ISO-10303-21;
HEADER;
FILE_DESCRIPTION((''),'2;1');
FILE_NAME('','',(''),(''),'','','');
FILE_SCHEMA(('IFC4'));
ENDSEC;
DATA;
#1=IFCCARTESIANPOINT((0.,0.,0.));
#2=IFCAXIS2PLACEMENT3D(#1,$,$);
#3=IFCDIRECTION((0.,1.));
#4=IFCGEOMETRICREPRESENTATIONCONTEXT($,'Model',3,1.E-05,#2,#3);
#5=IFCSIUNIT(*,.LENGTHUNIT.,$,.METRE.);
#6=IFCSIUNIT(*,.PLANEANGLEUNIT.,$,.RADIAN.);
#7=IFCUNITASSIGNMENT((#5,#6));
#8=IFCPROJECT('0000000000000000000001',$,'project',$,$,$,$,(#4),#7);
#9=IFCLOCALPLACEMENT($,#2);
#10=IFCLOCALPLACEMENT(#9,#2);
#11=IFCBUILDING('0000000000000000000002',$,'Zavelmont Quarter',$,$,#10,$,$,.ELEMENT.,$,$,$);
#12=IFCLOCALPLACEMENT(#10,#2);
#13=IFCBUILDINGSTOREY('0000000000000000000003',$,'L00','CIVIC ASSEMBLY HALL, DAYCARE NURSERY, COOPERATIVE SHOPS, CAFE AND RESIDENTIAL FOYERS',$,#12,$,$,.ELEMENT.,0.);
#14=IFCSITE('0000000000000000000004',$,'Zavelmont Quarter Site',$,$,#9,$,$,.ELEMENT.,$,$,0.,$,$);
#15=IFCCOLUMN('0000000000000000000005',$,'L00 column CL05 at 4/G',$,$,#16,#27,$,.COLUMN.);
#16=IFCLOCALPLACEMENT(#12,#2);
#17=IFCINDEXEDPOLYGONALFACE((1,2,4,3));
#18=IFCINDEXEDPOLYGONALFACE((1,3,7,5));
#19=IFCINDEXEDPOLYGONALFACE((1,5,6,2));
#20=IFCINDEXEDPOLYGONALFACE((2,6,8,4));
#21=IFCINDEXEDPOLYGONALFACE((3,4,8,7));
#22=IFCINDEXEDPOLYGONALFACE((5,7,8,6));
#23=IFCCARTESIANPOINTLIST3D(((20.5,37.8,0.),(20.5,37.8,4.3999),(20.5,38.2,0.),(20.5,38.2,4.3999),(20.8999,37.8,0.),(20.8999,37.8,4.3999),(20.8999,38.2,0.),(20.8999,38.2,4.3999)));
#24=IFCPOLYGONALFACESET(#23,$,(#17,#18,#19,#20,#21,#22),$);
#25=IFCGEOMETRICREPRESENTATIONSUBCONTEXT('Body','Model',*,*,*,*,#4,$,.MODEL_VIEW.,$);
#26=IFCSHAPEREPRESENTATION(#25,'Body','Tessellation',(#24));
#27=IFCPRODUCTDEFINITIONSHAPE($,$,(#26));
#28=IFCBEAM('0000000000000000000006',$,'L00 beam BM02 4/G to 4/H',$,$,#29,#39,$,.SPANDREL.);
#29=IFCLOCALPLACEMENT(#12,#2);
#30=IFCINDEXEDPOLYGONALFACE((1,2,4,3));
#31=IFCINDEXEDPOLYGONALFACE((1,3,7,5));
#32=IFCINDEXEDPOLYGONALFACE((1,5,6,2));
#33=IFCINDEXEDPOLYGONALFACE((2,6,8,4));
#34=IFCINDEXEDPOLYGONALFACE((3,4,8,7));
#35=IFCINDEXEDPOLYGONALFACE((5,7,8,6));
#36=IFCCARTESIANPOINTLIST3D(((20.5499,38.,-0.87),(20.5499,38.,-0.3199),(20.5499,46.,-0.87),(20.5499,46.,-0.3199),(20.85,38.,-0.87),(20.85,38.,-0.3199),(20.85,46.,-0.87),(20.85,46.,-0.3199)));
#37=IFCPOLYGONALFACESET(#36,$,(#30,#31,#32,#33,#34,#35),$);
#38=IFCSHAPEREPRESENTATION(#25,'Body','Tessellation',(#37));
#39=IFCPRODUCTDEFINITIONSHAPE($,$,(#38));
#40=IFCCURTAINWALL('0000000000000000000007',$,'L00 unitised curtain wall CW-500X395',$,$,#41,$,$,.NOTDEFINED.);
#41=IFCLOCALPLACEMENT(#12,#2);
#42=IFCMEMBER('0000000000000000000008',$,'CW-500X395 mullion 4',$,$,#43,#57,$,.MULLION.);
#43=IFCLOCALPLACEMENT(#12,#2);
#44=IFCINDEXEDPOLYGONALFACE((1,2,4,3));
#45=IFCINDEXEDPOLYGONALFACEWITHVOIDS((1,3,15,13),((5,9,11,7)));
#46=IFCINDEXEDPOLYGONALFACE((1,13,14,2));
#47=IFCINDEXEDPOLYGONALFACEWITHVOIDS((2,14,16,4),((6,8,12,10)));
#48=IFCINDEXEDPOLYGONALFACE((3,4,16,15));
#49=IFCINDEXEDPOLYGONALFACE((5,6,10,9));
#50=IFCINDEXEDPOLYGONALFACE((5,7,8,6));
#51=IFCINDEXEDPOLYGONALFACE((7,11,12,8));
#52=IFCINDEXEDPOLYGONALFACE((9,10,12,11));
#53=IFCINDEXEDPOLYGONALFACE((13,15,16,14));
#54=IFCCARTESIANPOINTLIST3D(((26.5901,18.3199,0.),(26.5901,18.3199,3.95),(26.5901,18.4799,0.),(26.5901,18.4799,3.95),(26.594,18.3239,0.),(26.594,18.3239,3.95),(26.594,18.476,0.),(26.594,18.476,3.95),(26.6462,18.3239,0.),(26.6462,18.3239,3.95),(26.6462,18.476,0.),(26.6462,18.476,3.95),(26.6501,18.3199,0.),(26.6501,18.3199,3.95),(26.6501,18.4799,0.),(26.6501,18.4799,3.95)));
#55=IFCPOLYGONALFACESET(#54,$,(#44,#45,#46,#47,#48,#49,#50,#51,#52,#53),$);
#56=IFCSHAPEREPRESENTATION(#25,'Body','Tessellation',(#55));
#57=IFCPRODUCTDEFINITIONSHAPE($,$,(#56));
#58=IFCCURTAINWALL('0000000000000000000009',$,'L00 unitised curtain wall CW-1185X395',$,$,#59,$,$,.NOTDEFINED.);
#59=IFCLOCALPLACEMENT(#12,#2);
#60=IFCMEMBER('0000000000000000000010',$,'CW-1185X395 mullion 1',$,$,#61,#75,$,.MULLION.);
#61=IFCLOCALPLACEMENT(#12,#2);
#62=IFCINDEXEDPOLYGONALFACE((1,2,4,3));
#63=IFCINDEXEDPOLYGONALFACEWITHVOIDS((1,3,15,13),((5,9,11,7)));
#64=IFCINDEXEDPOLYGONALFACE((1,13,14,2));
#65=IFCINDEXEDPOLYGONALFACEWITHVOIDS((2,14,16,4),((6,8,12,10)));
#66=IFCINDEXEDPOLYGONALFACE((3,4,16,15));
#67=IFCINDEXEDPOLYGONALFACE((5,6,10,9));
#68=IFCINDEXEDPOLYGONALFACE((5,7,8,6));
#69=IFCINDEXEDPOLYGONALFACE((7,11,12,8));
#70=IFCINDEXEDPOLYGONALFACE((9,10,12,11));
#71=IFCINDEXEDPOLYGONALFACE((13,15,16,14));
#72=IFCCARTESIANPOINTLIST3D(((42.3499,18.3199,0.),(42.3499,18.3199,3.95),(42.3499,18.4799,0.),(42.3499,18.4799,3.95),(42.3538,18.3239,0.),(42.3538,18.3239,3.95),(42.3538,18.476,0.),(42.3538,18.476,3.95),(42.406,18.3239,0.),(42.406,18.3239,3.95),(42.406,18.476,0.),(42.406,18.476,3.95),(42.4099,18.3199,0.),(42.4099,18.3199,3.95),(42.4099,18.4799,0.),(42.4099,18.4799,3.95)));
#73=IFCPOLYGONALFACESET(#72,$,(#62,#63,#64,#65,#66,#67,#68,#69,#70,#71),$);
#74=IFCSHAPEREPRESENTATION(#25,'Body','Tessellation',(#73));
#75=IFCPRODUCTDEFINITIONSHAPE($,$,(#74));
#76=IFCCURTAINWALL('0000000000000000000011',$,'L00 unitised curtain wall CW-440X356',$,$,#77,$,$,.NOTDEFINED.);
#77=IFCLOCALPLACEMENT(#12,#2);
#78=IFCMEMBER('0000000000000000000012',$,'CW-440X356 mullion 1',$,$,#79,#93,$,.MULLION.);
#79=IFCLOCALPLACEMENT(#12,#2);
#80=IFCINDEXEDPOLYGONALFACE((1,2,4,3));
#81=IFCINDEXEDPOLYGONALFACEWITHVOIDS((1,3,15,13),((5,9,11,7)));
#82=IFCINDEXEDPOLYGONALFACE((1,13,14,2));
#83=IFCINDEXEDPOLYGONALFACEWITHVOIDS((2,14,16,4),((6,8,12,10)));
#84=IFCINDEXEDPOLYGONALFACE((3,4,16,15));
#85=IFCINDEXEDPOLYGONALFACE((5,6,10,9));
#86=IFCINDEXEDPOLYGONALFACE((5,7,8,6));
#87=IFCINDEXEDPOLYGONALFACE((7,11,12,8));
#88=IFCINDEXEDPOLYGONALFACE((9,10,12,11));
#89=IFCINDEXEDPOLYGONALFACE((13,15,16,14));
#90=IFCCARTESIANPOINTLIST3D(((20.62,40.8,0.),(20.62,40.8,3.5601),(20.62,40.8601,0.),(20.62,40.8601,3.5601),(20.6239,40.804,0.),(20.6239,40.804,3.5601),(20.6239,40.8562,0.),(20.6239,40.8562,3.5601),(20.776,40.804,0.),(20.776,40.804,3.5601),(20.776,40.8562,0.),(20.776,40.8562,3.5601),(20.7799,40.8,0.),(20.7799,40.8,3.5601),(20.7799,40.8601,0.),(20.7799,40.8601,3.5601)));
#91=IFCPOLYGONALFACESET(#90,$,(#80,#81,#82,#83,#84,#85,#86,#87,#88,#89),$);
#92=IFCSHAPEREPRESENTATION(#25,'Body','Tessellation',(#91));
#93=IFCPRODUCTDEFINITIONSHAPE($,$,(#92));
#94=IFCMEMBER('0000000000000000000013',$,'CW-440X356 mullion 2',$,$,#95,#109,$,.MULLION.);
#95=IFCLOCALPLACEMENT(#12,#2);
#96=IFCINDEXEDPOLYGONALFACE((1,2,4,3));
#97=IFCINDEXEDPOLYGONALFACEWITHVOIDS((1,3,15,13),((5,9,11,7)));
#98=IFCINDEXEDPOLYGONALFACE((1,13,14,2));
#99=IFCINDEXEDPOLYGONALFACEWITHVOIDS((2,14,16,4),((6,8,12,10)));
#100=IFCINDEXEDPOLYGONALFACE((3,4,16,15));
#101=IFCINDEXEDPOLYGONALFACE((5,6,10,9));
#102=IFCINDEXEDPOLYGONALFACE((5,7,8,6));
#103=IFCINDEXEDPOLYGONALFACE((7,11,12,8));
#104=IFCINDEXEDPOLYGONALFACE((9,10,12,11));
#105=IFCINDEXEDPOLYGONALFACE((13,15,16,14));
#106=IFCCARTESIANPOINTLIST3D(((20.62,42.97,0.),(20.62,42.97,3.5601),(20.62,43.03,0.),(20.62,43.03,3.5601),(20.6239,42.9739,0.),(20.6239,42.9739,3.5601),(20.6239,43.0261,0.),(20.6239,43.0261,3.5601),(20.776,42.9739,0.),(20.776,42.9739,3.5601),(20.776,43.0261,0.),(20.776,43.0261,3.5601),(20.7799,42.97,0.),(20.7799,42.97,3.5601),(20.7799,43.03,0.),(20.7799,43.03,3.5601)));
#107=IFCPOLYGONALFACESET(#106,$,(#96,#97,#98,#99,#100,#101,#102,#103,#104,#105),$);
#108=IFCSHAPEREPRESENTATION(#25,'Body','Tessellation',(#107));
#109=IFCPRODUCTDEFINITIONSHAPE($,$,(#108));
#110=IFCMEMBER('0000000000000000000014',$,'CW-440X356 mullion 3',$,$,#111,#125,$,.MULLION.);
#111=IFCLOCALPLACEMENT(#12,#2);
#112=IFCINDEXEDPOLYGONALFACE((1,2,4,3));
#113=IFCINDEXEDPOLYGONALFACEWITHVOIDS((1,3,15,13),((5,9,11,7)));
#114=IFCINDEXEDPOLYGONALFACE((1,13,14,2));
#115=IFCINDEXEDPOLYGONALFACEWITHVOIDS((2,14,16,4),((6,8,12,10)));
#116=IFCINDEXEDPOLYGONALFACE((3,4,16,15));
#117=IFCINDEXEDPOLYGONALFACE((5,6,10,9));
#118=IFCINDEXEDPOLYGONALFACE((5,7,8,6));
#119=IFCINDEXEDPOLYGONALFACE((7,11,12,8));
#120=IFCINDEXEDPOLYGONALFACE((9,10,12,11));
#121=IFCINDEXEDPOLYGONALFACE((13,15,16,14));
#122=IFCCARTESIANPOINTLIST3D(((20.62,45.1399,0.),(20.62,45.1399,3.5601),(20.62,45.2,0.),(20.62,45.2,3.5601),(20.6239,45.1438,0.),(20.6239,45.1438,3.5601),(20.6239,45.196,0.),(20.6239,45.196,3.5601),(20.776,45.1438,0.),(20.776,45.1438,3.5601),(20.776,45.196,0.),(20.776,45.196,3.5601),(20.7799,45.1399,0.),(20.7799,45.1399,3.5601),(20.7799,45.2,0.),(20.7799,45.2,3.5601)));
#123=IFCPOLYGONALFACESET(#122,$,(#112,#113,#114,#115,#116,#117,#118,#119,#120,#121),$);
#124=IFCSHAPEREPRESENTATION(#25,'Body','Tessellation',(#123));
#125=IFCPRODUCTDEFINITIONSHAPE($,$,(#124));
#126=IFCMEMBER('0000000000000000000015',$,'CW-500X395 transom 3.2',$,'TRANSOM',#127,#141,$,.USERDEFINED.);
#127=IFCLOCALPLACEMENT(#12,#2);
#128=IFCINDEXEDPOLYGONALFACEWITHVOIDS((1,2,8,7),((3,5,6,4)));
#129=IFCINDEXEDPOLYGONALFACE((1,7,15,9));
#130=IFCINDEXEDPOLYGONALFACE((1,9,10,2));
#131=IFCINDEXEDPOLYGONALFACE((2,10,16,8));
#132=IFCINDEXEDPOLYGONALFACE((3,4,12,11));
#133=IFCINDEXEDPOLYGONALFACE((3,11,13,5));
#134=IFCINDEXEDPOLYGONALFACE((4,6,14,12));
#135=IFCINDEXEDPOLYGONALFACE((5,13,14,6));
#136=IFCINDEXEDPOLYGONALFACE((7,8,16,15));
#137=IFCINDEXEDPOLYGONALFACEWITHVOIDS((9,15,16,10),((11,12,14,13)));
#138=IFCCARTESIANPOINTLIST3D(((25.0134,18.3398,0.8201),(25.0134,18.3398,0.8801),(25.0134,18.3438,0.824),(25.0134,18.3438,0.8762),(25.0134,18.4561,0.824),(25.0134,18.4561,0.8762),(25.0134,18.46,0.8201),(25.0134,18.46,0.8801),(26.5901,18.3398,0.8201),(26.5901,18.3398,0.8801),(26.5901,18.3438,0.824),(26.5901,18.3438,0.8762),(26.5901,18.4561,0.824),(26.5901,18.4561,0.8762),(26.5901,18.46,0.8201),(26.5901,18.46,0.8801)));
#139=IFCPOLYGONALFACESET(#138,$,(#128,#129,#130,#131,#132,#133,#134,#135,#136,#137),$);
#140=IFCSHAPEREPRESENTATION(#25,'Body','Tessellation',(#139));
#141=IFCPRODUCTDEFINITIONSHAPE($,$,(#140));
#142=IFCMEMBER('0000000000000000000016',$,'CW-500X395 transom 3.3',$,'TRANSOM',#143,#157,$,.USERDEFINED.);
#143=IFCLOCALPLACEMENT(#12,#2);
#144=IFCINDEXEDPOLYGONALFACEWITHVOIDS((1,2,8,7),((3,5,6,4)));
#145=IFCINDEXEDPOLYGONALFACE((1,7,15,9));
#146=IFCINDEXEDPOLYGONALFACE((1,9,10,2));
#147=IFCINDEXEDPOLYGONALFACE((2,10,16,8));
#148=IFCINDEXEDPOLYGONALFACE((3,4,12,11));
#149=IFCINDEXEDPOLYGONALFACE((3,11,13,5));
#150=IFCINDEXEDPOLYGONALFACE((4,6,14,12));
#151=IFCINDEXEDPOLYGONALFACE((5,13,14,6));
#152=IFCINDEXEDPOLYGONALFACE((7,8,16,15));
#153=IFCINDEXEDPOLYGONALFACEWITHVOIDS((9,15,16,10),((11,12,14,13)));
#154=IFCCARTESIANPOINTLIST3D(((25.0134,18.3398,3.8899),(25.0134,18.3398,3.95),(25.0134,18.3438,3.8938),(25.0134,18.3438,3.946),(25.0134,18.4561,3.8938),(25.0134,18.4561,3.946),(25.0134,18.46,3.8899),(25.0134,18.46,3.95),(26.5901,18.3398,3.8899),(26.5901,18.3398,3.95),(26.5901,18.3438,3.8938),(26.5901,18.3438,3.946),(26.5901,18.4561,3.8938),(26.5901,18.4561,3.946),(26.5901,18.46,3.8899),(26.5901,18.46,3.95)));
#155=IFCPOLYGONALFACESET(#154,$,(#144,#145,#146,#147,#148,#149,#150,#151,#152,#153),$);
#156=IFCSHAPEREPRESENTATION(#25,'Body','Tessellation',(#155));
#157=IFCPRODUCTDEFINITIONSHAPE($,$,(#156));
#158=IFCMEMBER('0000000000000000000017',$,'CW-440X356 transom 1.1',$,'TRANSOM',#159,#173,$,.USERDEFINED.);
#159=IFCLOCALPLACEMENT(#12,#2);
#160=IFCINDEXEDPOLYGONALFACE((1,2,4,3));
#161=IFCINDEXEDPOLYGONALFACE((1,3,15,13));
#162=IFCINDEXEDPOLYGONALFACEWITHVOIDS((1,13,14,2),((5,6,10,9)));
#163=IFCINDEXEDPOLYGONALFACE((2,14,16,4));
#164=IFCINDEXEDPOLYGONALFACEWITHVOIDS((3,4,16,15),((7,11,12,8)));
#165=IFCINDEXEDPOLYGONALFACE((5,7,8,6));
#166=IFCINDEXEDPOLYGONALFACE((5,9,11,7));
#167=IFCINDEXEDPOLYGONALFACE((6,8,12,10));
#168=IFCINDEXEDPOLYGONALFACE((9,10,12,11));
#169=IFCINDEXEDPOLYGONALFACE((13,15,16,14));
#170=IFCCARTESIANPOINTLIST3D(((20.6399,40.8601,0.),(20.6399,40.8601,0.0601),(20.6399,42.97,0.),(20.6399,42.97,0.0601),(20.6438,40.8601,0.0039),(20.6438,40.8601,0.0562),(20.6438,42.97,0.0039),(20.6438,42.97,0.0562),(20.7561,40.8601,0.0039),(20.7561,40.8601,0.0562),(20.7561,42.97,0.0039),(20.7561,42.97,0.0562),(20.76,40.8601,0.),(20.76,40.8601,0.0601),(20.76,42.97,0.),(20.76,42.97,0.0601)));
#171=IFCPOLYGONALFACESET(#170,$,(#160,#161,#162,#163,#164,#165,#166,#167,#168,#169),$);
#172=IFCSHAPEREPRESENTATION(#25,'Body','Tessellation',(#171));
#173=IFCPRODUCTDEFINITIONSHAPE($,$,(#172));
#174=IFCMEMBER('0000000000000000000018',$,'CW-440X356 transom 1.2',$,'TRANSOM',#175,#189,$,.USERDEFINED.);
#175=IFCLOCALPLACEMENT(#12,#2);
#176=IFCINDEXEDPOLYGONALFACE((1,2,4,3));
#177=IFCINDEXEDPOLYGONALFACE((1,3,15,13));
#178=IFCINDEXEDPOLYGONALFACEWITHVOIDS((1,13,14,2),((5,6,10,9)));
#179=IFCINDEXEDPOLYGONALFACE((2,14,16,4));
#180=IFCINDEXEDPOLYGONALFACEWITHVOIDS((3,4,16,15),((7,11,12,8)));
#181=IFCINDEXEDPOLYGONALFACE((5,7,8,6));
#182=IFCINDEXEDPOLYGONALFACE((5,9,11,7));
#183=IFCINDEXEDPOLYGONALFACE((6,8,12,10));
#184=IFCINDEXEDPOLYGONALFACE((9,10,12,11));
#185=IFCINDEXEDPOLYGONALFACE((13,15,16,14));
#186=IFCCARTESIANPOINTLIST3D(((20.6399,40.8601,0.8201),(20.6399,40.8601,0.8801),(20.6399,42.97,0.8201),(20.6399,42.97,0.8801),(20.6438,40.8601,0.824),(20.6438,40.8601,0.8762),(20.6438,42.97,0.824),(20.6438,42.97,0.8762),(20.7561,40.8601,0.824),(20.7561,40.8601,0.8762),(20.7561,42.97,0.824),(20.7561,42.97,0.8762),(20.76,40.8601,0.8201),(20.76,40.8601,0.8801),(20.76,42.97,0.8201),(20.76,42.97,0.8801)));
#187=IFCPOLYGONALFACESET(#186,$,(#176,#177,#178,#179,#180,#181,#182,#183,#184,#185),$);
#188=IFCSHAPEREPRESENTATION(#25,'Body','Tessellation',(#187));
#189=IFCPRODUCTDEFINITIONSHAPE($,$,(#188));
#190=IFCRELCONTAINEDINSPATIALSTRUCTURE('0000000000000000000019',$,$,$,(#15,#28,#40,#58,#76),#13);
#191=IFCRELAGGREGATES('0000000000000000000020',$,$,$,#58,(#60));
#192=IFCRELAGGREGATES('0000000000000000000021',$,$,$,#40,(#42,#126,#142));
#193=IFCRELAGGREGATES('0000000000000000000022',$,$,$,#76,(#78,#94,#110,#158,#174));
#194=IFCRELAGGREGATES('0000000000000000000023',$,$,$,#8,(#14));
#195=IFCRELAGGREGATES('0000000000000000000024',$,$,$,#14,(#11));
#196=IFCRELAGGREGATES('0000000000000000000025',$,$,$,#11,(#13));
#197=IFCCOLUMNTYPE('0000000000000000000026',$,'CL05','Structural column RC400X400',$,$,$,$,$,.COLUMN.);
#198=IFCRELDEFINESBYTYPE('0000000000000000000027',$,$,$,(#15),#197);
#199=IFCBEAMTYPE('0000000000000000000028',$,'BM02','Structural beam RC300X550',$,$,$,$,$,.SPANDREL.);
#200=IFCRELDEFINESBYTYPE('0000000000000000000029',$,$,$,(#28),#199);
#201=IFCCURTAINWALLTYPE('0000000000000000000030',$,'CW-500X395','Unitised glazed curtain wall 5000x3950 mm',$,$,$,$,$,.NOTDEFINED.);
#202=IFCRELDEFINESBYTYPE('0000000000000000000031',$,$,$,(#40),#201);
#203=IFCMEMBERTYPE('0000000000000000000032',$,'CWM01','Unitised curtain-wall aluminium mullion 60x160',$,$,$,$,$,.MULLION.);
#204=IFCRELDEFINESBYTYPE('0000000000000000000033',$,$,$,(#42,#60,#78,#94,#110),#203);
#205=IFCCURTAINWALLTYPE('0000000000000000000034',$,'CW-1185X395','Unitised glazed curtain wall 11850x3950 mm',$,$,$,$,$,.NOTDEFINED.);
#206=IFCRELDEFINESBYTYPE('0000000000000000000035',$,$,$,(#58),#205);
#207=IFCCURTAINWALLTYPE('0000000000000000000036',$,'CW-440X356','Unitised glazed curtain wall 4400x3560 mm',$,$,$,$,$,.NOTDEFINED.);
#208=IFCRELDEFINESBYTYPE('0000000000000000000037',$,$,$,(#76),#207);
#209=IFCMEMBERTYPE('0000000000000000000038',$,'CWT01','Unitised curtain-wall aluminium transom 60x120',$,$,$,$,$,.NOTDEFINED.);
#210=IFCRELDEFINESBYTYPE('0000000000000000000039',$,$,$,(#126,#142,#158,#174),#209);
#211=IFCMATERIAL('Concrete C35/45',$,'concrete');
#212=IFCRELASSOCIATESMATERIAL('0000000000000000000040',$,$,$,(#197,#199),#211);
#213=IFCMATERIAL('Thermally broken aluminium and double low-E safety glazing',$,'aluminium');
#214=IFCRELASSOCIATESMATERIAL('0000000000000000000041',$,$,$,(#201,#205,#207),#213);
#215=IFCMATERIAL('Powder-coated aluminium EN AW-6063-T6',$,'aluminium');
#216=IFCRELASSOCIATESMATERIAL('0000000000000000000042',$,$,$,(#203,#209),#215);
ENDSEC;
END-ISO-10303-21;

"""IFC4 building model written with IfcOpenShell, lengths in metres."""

from ifc_helpers import new_model, si_unit, direction, frame, origin, origin_2d, place, context, subcontext, project, spatial, rectangle, hollow_rectangle, extrude, material, material_profile, profile_set, type_object, element, aggregate, save


model = new_model("IFC4")

# Units and contexts
model_context = context("Model", 3, precision=1e-05, world=origin(), true_north=direction((0.0, 1.0)))
body_context = subcontext(model_context, "Body", "Model", "MODEL_VIEW")
ifc_project = project(units=[si_unit("LENGTHUNIT", "METRE"), si_unit("PLANEANGLEUNIT", "RADIAN")], contexts=[model_context])

# Site, building, storey
site_placement = place(None, origin())
site = spatial("IfcSite", under=ifc_project, at=site_placement, Name="Zavelmont Quarter Site", CompositionType="ELEMENT", RefElevation=0.0)
building_placement = place(site_placement, origin())
building = spatial("IfcBuilding", under=site, at=building_placement, Name="Zavelmont Quarter", CompositionType="ELEMENT")
storey_placement = place(building_placement, origin())
storey = spatial("IfcBuildingStorey", under=building, at=storey_placement, Name="L00", Description="CIVIC ASSEMBLY HALL, DAYCARE NURSERY, COOPERATIVE SHOPS, CAFE AND RESIDENTIAL FOYERS", CompositionType="ELEMENT", Elevation=0.0)

# Column
ifc_material_1 = material(Name="Concrete C35/45", Category="concrete")
ifc_material_profile_1 = material_profile(ifc_material_1, rectangle(XDim=0.3999, YDim=0.3999, at=origin_2d()), Name="RC400X400")
ifc_profile_set_1 = profile_set([ifc_material_profile_1], Name="Concrete C35/45")
column_type = type_object("IfcColumnType", Name="CL05", Description="Structural column RC400X400", PredefinedType="COLUMN", material=ifc_profile_set_1)
column_placement = place(storey_placement, frame((20.7, 38.0, 0.0), z_axis=(0.0, 0.0, 1.0), x_axis=(1.0, 0.0, 0.0)))
element("IfcColumn", 1, at=column_placement, inside=storey, type_object=column_type, Name="L00 column CL05 at 4/G", PredefinedType="COLUMN", context=body_context, shape_type="SweptSolid", body=[
    extrude(rectangle(XDim=0.3999, YDim=0.3999, at=origin_2d()), origin(), (0.0, 0.0, 1.0), 4.3999),
])

# Beam
ifc_material_profile_2 = material_profile(ifc_material_1, rectangle(XDim=0.3, YDim=0.55, at=origin_2d()), Name="RC300X550")
ifc_profile_set_2 = profile_set([ifc_material_profile_2], Name="Concrete C35/45")
beam_type = type_object("IfcBeamType", Name="BM02", Description="Structural beam RC300X550", PredefinedType="SPANDREL", material=ifc_profile_set_2)
beam_placement = place(storey_placement, frame((20.7, 38.0, -0.595), z_axis=(0.0, 1.0, 0.0), x_axis=(-1.0, 0.0, 0.0)))
element("IfcBeam", 2, at=beam_placement, inside=storey, type_object=beam_type, Name="L00 beam BM02 4/G to 4/H", PredefinedType="SPANDREL", context=body_context, shape_type="SweptSolid", body=[
    extrude(rectangle(XDim=0.3, YDim=0.55, at=origin_2d()), origin(), (0.0, 0.0, 1.0), 8.0),
])

# Curtain walls, members
ifc_material_2 = material(Name="Thermally broken aluminium and double low-E safety glazing", Category="aluminium")
curtain_wall_type_1 = type_object("IfcCurtainWallType", Name="CW-500X395", Description="Unitised glazed curtain wall 5000x3950 mm", PredefinedType="NOTDEFINED", material=ifc_material_2)
curtain_wall_1_placement = place(storey_placement, origin())
curtain_wall_1 = element("IfcCurtainWall", 3, at=curtain_wall_1_placement, inside=storey, type_object=curtain_wall_type_1, Name="L00 unitised curtain wall CW-500X395", PredefinedType="NOTDEFINED")
ifc_material_3 = material(Name="Powder-coated aluminium EN AW-6063-T6", Category="aluminium")
ifc_material_profile_3 = material_profile(ifc_material_3, hollow_rectangle(XDim=0.0601, YDim=0.1599, WallThickness=0.0039, at=origin_2d()), Name="CWM60X160")
ifc_profile_set_3 = profile_set([ifc_material_profile_3], Name="Powder-coated aluminium EN AW-6063-T6")
member_type_1 = type_object("IfcMemberType", Name="CWM01", Description="Unitised curtain-wall aluminium mullion 60x160", PredefinedType="MULLION", material=ifc_profile_set_3)
member_1_placement = place(storey_placement, frame((26.6201, 18.3999, 0.0), z_axis=(0.0, 0.0, 1.0), x_axis=(1.0, 0.0, 0.0)))
member_1 = element("IfcMember", 4, at=member_1_placement, type_object=member_type_1, Name="CW-500X395 mullion 4", PredefinedType="MULLION", context=body_context, shape_type="SweptSolid", body=[
    extrude(hollow_rectangle(XDim=0.0601, YDim=0.1599, WallThickness=0.0039, at=origin_2d()), origin(), (0.0, 0.0, 1.0), 3.95),
])
curtain_wall_type_2 = type_object("IfcCurtainWallType", Name="CW-1185X395", Description="Unitised glazed curtain wall 11850x3950 mm", PredefinedType="NOTDEFINED", material=ifc_material_2)
curtain_wall_2_placement = place(storey_placement, origin())
curtain_wall_2 = element("IfcCurtainWall", 5, at=curtain_wall_2_placement, inside=storey, type_object=curtain_wall_type_2, Name="L00 unitised curtain wall CW-1185X395", PredefinedType="NOTDEFINED")
member_2_placement = place(storey_placement, frame((42.3799, 18.3999, 0.0), z_axis=(0.0, 0.0, 1.0), x_axis=(1.0, 0.0, 0.0)))
member_2 = element("IfcMember", 6, at=member_2_placement, type_object=member_type_1, Name="CW-1185X395 mullion 1", PredefinedType="MULLION", context=body_context, shape_type="SweptSolid", body=[
    extrude(hollow_rectangle(XDim=0.0601, YDim=0.1599, WallThickness=0.0039, at=origin_2d()), origin(), (0.0, 0.0, 1.0), 3.95),
])
aggregate(curtain_wall_2, [member_2])

# Curtain wall, members
curtain_wall_type_3 = type_object("IfcCurtainWallType", Name="CW-440X356", Description="Unitised glazed curtain wall 4400x3560 mm", PredefinedType="NOTDEFINED", material=ifc_material_2)
curtain_wall_3_placement = place(storey_placement, origin())
curtain_wall_3 = element("IfcCurtainWall", 7, at=curtain_wall_3_placement, inside=storey, type_object=curtain_wall_type_3, Name="L00 unitised curtain wall CW-440X356", PredefinedType="NOTDEFINED")
member_3_placement = place(storey_placement, frame((20.7, 40.8301, 0.0), z_axis=(0.0, 0.0, 1.0), x_axis=(0.0, 1.0, 0.0)))
member_3 = element("IfcMember", 8, at=member_3_placement, type_object=member_type_1, Name="CW-440X356 mullion 1", PredefinedType="MULLION", context=body_context, shape_type="SweptSolid", body=[
    extrude(hollow_rectangle(XDim=0.0601, YDim=0.1599, WallThickness=0.0039, at=origin_2d()), origin(), (0.0, 0.0, 1.0), 3.5601),
])
member_4_placement = place(storey_placement, frame((20.7, 43.0, 0.0), z_axis=(0.0, 0.0, 1.0), x_axis=(0.0, 1.0, 0.0)))
member_4 = element("IfcMember", 9, at=member_4_placement, type_object=member_type_1, Name="CW-440X356 mullion 2", PredefinedType="MULLION", context=body_context, shape_type="SweptSolid", body=[
    extrude(hollow_rectangle(XDim=0.0601, YDim=0.1599, WallThickness=0.0039, at=origin_2d()), origin(), (0.0, 0.0, 1.0), 3.5601),
])
member_5_placement = place(storey_placement, frame((20.7, 45.1699, 0.0), z_axis=(0.0, 0.0, 1.0), x_axis=(0.0, 1.0, 0.0)))
member_5 = element("IfcMember", 10, at=member_5_placement, type_object=member_type_1, Name="CW-440X356 mullion 3", PredefinedType="MULLION", context=body_context, shape_type="SweptSolid", body=[
    extrude(hollow_rectangle(XDim=0.0601, YDim=0.1599, WallThickness=0.0039, at=origin_2d()), origin(), (0.0, 0.0, 1.0), 3.5601),
])

# Members
ifc_material_profile_4 = material_profile(ifc_material_3, hollow_rectangle(XDim=0.1201, YDim=0.0601, WallThickness=0.0039, at=origin_2d()), Name="CWT60X120")
ifc_profile_set_4 = profile_set([ifc_material_profile_4], Name="Powder-coated aluminium EN AW-6063-T6")
member_type_2 = type_object("IfcMemberType", Name="CWT01", Description="Unitised curtain-wall aluminium transom 60x120", PredefinedType="NOTDEFINED", material=ifc_profile_set_4)
member_6_placement = place(storey_placement, frame((25.0134, 18.3999, 0.8501), z_axis=(1.0, 0.0, 0.0), x_axis=(0.0, 1.0, 0.0)))
member_6 = element("IfcMember", 11, at=member_6_placement, type_object=member_type_2, Name="CW-500X395 transom 3.2", ObjectType="TRANSOM", PredefinedType="USERDEFINED", context=body_context, shape_type="SweptSolid", body=[
    extrude(hollow_rectangle(XDim=0.1201, YDim=0.0601, WallThickness=0.0039, at=origin_2d()), origin(), (0.0, 0.0, 1.0), 1.5767),
])
member_7_placement = place(storey_placement, frame((25.0134, 18.3999, 3.9199), z_axis=(1.0, 0.0, 0.0), x_axis=(0.0, 1.0, 0.0)))
member_7 = element("IfcMember", 12, at=member_7_placement, type_object=member_type_2, Name="CW-500X395 transom 3.3", ObjectType="TRANSOM", PredefinedType="USERDEFINED", context=body_context, shape_type="SweptSolid", body=[
    extrude(hollow_rectangle(XDim=0.1201, YDim=0.0601, WallThickness=0.0039, at=origin_2d()), origin(), (0.0, 0.0, 1.0), 1.5767),
])
member_8_placement = place(storey_placement, frame((20.7, 40.8601, 0.03), z_axis=(0.0, 1.0, 0.0), x_axis=(-1.0, 0.0, 0.0)))
member_8 = element("IfcMember", 13, at=member_8_placement, type_object=member_type_2, Name="CW-440X356 transom 1.1", ObjectType="TRANSOM", PredefinedType="USERDEFINED", context=body_context, shape_type="SweptSolid", body=[
    extrude(hollow_rectangle(XDim=0.1201, YDim=0.0601, WallThickness=0.0039, at=origin_2d()), origin(), (0.0, 0.0, 1.0), 2.1099),
])
member_9_placement = place(storey_placement, frame((20.7, 40.8601, 0.8501), z_axis=(0.0, 1.0, 0.0), x_axis=(-1.0, 0.0, 0.0)))
member_9 = element("IfcMember", 14, at=member_9_placement, type_object=member_type_2, Name="CW-440X356 transom 1.2", ObjectType="TRANSOM", PredefinedType="USERDEFINED", context=body_context, shape_type="SweptSolid", body=[
    extrude(hollow_rectangle(XDim=0.1201, YDim=0.0601, WallThickness=0.0039, at=origin_2d()), origin(), (0.0, 0.0, 1.0), 2.1099),
])

aggregate(curtain_wall_1, [member_1, member_6, member_7])
aggregate(curtain_wall_3, [member_3, member_4, member_5, member_8, member_9])

save(model, "model.ifc")
